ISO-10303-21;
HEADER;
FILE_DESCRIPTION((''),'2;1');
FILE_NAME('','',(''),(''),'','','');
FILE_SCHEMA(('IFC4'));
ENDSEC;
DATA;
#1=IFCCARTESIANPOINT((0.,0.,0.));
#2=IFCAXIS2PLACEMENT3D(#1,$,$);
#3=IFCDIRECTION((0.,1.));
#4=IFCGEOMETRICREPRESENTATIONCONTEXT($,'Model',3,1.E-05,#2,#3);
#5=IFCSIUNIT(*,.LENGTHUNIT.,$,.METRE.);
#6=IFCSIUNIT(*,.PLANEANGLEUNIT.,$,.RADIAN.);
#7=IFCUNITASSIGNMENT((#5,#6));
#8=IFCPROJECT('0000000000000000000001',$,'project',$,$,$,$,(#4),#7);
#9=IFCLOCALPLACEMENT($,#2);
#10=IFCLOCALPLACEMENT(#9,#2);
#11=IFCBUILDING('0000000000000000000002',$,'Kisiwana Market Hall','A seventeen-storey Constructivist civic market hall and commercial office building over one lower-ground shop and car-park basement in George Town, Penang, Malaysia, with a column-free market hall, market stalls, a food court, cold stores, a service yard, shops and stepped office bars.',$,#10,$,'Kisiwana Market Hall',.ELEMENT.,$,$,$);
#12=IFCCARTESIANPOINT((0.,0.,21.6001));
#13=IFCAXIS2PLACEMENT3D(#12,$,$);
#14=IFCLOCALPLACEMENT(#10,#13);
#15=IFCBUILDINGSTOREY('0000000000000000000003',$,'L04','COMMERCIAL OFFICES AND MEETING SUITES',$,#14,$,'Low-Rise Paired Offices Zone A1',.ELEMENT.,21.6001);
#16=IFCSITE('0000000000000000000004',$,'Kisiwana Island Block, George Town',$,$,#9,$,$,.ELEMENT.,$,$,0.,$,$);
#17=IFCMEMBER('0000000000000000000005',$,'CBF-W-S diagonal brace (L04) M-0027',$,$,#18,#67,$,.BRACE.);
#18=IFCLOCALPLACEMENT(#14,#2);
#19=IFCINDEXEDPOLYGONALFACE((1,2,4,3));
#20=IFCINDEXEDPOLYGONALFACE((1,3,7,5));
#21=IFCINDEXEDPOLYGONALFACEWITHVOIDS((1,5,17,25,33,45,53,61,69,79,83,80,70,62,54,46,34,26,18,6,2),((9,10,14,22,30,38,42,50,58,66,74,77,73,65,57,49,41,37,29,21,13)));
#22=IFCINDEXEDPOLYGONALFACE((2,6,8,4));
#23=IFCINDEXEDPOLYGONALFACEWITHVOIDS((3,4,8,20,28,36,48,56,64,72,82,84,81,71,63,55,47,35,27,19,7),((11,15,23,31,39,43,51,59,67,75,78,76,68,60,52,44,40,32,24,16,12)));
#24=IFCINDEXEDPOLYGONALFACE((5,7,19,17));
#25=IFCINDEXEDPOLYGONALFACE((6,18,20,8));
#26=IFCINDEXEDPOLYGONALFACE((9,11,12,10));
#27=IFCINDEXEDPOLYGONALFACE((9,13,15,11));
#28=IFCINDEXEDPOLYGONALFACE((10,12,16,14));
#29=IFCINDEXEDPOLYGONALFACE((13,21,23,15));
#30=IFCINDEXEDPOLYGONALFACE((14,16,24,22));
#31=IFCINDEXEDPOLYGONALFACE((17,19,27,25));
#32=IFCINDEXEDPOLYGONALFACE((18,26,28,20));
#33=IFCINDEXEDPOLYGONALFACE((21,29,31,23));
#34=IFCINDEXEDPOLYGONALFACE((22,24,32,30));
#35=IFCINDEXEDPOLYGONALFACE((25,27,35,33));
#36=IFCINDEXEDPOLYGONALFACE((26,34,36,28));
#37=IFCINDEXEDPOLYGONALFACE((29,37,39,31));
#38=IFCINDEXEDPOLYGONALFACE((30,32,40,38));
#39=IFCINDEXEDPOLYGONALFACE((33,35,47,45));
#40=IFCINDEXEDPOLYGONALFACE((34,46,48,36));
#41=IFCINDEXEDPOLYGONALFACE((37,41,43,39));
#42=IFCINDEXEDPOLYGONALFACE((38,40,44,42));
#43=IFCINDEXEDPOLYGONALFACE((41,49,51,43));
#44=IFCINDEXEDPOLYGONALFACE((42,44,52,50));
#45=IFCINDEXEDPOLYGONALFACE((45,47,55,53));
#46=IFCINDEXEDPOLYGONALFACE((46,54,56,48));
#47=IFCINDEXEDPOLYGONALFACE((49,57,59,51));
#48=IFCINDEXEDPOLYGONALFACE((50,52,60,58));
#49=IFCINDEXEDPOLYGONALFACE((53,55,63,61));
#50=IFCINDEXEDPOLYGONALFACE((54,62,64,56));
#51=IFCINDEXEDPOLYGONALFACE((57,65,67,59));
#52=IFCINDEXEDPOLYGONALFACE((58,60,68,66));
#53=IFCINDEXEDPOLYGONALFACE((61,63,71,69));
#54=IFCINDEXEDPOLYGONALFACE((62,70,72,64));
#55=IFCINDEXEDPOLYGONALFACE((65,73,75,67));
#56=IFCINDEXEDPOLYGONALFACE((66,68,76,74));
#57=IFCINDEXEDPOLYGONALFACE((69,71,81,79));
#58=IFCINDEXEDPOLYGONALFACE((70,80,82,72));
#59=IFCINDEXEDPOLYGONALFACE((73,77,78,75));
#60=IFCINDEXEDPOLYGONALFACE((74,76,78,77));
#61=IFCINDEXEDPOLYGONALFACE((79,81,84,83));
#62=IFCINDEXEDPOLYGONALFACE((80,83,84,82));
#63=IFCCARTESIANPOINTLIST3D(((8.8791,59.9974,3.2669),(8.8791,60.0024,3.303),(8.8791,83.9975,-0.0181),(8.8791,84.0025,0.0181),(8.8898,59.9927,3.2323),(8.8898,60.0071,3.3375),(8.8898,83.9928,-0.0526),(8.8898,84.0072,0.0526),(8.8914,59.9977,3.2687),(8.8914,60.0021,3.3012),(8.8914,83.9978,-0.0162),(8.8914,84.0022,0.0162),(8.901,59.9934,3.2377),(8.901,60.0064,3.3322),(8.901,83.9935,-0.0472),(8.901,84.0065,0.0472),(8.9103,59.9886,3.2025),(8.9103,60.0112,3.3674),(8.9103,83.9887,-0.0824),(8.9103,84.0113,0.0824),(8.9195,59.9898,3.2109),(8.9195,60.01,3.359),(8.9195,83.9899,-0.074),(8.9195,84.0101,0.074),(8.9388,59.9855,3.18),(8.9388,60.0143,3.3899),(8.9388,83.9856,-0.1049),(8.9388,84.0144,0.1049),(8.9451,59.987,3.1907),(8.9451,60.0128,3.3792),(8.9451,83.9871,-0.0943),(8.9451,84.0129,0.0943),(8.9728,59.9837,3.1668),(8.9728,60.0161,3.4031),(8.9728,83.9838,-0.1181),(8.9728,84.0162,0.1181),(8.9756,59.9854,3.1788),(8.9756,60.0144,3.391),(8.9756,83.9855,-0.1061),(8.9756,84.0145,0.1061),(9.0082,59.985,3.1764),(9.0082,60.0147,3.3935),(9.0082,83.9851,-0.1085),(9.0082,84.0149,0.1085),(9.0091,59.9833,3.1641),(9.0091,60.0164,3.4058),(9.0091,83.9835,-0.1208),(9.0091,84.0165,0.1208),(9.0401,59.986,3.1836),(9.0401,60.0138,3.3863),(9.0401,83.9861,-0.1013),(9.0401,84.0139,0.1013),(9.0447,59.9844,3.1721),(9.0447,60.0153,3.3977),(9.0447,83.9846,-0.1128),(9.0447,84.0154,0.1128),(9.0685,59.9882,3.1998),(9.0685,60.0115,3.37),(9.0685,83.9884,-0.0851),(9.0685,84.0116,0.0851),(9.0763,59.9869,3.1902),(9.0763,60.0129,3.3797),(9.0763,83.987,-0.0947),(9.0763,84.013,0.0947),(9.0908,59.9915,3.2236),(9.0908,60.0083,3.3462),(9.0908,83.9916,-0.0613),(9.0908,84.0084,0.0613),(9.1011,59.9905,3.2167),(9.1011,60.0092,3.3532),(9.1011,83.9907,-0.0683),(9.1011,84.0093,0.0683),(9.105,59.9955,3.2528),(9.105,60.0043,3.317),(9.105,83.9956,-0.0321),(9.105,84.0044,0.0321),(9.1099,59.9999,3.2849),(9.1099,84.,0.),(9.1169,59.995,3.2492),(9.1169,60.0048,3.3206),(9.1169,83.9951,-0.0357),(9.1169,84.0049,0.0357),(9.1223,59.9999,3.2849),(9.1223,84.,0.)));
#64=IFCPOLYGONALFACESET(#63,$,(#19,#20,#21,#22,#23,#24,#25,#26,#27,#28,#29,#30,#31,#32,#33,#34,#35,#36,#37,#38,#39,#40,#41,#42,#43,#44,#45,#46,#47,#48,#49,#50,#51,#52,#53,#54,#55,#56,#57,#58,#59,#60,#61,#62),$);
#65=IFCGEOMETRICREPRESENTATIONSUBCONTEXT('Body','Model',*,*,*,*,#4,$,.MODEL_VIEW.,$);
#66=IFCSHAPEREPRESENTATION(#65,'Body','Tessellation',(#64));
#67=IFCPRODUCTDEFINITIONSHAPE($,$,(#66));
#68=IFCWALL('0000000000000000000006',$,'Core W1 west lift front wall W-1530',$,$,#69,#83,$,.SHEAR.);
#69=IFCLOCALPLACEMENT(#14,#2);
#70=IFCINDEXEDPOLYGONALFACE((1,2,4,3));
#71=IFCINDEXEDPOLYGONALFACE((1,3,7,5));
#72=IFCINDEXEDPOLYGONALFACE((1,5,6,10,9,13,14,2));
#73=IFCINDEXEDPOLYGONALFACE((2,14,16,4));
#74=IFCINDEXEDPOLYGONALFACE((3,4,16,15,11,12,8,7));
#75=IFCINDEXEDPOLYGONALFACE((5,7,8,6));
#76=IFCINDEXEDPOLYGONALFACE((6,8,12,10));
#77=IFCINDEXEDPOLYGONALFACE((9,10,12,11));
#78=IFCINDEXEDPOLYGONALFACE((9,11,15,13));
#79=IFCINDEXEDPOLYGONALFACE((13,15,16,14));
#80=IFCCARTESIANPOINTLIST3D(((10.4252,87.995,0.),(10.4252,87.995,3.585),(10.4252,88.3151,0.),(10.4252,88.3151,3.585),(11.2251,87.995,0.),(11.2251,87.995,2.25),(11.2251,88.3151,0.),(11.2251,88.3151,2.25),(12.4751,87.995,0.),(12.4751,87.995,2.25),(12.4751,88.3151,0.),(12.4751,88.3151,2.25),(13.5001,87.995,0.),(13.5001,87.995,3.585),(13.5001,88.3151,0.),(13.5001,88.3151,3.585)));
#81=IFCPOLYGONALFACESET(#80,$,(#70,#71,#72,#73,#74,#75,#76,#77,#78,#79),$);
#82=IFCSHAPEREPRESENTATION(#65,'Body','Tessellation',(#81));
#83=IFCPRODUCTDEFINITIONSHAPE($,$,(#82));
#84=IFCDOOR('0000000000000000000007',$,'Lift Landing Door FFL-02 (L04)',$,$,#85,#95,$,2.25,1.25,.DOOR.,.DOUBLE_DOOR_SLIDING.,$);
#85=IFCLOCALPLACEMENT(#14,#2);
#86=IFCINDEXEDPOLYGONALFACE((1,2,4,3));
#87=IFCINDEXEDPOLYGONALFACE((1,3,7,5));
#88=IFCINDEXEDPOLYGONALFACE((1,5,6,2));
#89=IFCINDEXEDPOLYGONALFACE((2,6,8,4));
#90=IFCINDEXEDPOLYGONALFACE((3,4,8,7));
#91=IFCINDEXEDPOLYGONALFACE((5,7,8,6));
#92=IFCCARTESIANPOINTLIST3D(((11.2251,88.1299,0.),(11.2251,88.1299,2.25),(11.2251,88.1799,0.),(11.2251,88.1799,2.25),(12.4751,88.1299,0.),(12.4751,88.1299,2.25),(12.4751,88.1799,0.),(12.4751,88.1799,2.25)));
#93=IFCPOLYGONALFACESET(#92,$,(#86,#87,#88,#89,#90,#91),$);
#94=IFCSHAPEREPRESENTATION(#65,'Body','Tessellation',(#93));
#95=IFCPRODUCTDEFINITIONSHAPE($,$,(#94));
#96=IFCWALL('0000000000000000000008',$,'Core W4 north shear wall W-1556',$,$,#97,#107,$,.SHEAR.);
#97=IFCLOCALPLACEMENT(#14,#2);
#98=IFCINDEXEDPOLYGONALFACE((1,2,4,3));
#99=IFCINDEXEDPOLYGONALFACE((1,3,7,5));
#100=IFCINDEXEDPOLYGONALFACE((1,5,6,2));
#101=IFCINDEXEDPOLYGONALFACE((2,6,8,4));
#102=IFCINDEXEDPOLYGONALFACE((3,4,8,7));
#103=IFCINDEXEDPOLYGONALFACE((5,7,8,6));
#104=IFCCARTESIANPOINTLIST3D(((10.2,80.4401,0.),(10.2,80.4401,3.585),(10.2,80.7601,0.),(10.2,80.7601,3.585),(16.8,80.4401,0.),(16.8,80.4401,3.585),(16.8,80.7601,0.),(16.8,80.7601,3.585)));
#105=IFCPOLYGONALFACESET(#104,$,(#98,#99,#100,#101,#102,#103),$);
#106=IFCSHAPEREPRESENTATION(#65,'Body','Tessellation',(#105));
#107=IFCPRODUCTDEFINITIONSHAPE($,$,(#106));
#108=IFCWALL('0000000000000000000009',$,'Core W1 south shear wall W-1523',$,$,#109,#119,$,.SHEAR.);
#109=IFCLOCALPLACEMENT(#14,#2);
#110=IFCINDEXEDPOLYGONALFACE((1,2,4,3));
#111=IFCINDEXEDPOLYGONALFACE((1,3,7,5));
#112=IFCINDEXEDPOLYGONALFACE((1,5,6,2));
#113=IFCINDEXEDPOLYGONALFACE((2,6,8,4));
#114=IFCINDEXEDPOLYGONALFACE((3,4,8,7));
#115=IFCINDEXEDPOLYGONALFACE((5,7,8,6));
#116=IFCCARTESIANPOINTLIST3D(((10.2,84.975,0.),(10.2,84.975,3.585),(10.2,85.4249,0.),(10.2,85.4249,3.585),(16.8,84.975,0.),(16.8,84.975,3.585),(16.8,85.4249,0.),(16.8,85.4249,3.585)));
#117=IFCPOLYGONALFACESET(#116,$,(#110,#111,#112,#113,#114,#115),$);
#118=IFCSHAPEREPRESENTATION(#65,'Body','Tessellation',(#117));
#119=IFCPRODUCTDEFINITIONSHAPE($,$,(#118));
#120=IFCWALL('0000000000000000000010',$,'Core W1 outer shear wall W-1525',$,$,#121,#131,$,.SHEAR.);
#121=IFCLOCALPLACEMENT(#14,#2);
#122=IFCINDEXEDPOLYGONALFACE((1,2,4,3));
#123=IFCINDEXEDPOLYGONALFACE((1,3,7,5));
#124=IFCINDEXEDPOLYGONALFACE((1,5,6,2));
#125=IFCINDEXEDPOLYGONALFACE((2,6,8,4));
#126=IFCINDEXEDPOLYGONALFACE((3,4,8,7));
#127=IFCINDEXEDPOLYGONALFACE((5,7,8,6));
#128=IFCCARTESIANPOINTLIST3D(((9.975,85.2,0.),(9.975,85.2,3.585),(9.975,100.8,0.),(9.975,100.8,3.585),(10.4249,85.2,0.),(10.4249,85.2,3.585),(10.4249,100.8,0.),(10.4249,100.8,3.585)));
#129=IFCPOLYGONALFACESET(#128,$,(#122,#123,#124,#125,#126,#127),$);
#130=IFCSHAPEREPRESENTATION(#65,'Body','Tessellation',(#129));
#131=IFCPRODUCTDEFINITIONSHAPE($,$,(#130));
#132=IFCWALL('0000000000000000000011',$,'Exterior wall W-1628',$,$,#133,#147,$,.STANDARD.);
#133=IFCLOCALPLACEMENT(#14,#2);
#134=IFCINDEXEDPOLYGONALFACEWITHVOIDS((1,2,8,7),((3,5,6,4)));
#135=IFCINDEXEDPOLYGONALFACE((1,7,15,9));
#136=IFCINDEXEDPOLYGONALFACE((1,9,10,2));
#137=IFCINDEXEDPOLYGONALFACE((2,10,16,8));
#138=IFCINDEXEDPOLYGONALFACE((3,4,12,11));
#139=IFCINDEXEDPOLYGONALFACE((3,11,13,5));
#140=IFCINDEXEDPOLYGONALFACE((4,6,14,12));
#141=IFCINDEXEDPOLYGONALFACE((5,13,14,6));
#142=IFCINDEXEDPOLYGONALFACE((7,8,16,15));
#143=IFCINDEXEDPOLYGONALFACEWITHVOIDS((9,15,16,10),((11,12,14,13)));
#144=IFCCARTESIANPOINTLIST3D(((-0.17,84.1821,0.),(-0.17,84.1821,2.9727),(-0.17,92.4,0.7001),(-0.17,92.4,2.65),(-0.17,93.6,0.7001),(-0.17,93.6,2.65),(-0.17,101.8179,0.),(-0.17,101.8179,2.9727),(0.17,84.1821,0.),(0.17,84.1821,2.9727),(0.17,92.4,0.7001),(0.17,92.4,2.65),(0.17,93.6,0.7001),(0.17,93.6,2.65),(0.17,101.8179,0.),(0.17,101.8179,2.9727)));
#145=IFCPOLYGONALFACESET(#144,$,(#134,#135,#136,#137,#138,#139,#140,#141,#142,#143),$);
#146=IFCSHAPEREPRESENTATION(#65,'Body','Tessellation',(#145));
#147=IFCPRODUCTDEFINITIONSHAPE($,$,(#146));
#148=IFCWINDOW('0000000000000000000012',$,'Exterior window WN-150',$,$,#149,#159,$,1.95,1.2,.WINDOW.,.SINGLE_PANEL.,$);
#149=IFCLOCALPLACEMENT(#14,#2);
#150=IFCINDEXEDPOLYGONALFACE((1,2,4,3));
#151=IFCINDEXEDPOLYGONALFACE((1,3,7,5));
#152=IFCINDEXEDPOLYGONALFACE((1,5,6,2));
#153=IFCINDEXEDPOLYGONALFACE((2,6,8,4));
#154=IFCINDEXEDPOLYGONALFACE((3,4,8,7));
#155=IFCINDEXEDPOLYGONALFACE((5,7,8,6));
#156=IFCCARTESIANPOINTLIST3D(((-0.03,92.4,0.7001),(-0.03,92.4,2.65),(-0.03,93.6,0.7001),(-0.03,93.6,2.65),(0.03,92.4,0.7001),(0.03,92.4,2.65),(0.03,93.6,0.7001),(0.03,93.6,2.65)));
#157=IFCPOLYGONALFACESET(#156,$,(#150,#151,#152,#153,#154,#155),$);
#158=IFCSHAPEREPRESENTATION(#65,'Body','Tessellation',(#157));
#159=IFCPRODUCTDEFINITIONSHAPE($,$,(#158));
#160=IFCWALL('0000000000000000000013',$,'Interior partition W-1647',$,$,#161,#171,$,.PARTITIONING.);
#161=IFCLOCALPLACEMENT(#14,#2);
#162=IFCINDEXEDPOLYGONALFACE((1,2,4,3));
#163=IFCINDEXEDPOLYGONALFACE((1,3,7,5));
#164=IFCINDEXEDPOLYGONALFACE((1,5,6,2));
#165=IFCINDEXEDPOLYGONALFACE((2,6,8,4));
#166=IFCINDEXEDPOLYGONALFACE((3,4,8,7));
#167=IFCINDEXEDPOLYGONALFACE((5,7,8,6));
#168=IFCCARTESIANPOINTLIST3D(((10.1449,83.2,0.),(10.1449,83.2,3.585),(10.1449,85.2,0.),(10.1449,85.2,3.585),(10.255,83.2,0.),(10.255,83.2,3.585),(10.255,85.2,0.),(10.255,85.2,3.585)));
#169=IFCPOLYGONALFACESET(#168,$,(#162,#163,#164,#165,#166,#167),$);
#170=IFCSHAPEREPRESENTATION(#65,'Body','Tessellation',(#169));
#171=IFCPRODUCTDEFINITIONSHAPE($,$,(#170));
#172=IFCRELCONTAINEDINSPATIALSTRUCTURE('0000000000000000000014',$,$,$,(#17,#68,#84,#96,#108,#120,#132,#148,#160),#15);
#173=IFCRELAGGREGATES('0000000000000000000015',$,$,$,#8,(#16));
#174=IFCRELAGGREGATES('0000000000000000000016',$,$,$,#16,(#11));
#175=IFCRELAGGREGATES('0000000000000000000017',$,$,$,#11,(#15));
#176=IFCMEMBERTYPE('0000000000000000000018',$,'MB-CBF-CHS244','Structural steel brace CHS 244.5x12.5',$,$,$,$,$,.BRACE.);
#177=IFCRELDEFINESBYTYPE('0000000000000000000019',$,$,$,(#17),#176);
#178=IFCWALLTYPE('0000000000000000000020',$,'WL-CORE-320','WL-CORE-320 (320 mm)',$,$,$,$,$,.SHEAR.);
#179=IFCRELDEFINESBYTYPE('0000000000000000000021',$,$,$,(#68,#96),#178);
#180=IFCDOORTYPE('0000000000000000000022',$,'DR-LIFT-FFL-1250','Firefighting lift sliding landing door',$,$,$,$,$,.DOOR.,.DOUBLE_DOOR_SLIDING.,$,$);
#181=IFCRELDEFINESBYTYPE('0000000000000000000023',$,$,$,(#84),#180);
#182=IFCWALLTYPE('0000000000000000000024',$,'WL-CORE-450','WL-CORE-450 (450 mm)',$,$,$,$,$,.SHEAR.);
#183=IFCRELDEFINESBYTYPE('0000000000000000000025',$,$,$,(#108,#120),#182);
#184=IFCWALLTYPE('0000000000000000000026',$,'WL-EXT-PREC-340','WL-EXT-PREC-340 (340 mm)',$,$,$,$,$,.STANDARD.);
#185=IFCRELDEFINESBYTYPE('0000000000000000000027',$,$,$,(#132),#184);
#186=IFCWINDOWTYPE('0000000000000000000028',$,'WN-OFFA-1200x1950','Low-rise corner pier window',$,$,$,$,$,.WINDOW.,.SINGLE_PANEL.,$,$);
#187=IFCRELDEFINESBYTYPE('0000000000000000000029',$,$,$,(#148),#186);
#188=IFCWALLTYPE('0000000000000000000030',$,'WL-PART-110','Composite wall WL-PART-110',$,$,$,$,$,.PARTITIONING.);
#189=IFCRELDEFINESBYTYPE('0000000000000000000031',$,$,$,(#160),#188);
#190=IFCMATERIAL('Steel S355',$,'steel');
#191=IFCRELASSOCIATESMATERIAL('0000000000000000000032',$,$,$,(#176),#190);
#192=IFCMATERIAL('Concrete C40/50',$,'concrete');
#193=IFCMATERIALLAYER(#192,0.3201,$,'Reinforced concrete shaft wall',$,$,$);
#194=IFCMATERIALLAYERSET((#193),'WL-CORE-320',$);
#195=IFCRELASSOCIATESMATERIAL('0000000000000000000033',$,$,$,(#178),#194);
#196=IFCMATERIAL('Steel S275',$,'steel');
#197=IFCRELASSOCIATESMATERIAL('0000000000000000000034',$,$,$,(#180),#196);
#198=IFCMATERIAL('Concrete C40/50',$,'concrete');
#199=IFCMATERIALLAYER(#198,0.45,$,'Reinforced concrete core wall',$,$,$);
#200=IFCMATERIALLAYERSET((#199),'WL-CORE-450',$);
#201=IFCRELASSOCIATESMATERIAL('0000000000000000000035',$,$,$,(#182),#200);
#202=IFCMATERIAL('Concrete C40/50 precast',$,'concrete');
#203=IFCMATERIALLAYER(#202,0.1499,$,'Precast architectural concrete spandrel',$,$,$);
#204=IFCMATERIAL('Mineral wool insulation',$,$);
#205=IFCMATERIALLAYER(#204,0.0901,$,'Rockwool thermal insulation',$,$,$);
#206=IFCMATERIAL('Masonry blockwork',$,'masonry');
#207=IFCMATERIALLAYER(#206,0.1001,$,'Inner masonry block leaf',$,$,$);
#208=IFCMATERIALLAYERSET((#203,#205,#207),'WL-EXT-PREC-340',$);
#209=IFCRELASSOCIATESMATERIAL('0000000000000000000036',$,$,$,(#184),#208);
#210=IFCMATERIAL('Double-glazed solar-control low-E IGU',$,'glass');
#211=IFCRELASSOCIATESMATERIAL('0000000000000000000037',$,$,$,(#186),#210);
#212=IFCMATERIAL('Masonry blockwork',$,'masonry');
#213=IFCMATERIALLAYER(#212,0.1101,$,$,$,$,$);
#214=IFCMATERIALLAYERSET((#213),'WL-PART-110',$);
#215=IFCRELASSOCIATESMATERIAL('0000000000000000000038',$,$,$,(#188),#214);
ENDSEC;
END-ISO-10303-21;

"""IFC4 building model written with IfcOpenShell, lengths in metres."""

from ifc_helpers import new_model, si_unit, direction, frame, frame_2d, origin, origin_2d, place, context, subcontext, project, spatial, rectangle, hollow_circle, extrude, material, layer, layer_set, material_profile, profile_set, type_object, element, fill, save


model = new_model("IFC4")

# Units and contexts
model_context = context("Model", 3, precision=1e-05, world=origin(), true_north=direction((0.0, 1.0)))
body_context = subcontext(model_context, "Body", "Model", "MODEL_VIEW")
ifc_project = project(units=[si_unit("LENGTHUNIT", "METRE"), si_unit("PLANEANGLEUNIT", "RADIAN")], contexts=[model_context])

# Site, building, storey
site_placement = place(None, origin())
site = spatial("IfcSite", under=ifc_project, at=site_placement, Name="Kisiwana Island Block, George Town", CompositionType="ELEMENT", RefElevation=0.0)
building_placement = place(site_placement, origin())
building = spatial("IfcBuilding", under=site, at=building_placement, Name="Kisiwana Market Hall", Description="A seventeen-storey Constructivist civic market hall and commercial office building over one lower-ground shop and car-park basement in George Town, Penang, Malaysia, with a column-free market hall, market stalls, a food court, cold stores, a service yard, shops and stepped office bars.", LongName="Kisiwana Market Hall", CompositionType="ELEMENT")
storey_placement = place(building_placement, frame((0.0, 0.0, 21.6001)))
storey = spatial("IfcBuildingStorey", under=building, at=storey_placement, Name="L04", Description="COMMERCIAL OFFICES AND MEETING SUITES", LongName="Low-Rise Paired Offices Zone A1", CompositionType="ELEMENT", Elevation=21.6001)

# Member
ifc_material_1 = material(Name="Steel S355", Category="steel")
ifc_material_profile_1 = material_profile(ifc_material_1, hollow_circle(Radius=0.1223, WallThickness=0.0125, at=origin_2d()), Name="CHS 244.5x12.5")
ifc_profile_set_1 = profile_set([ifc_material_profile_1], Name="Steel S355")
member_type = type_object("IfcMemberType", Name="MB-CBF-CHS244", Description="Structural steel brace CHS 244.5x12.5", PredefinedType="BRACE", material=ifc_profile_set_1)
member_placement = place(storey_placement, frame((9.0, 84.0, 0.0), z_axis=(0.0, -0.990763, 0.135607), x_axis=(1.0, 0.0, 0.0)))
element("IfcMember", 1, at=member_placement, inside=storey, type_object=member_type, Name="CBF-W-S diagonal brace (L04) M-0027", PredefinedType="BRACE", context=body_context, shape_type="SweptSolid", body=[
    extrude(hollow_circle(Radius=0.1223, WallThickness=0.0125, at=origin_2d()), origin(), (0.0, 0.0, 1.0), 24.2239),
])

# Wall, opening, door
ifc_material_2 = material(Name="Concrete C40/50", Category="concrete")
ifc_layer_1 = layer(ifc_material_2, 0.3201, Name="Reinforced concrete shaft wall")
ifc_layer_set_1 = layer_set([ifc_layer_1], Name="WL-CORE-320")
wall_type_1 = type_object("IfcWallType", Name="WL-CORE-320", Description="WL-CORE-320 (320 mm)", PredefinedType="SHEAR", material=ifc_layer_set_1)
wall_1_placement = place(storey_placement, frame((10.425, 88.155, 0.0), z_axis=(0.0, 0.0, 1.0), x_axis=(1.0, 0.0, 0.0)))
wall_1 = element("IfcWall", 2, at=wall_1_placement, inside=storey, type_object=wall_type_1, Name="Core W1 west lift front wall W-1530", PredefinedType="SHEAR", context=body_context, shape_type="SweptSolid", body=[
    extrude(rectangle(XDim=3.075, YDim=0.3201, at=frame_2d((1.5376, 0.0))), origin(), (0.0, 0.0, 1.0), 3.585),
])
opening_1_placement = place(wall_1_placement, frame((0.8, 0.0, 0.0)))
opening_1 = element("IfcOpeningElement", 3, at=opening_1_placement, cuts=wall_1, PredefinedType="OPENING", context=body_context, shape_type="SweptSolid", body=[
    extrude(rectangle(XDim=1.25, YDim=2.25, at=frame_2d((0.625, 1.125))), frame((0.0, 0.1719, 0.0), z_axis=(0.0, -1.0, 0.0), x_axis=(1.0, 0.0, 0.0)), (0.0, 0.0, 1.0), 0.344),
])
ifc_material_3 = material(Name="Steel S275", Category="steel")
door_type_1 = type_object("IfcDoorType", Name="DR-LIFT-FFL-1250", Description="Firefighting lift sliding landing door", OperationType="DOUBLE_DOOR_SLIDING", PredefinedType="DOOR", material=ifc_material_3)
door_1_placement = place(opening_1_placement, origin())
door_1 = element("IfcDoor", 4, at=door_1_placement, inside=storey, type_object=door_type_1, Name="Lift Landing Door FFL-02 (L04)", OperationType="DOUBLE_DOOR_SLIDING", OverallHeight=2.25, OverallWidth=1.25, PredefinedType="DOOR", context=body_context, shape_type="SweptSolid", body=[
    extrude(rectangle(XDim=1.25, YDim=2.25, at=frame_2d((0.625, 1.125))), frame((0.0, 0.0249, 0.0), z_axis=(0.0, -1.0, 0.0), x_axis=(1.0, 0.0, 0.0)), (0.0, 0.0, 1.0), 0.05),
])
fill(opening_1, door_1)

# Walls
wall_2_placement = place(storey_placement, frame((10.2, 80.6001, 0.0), z_axis=(0.0, 0.0, 1.0), x_axis=(1.0, 0.0, 0.0)))
element("IfcWall", 5, at=wall_2_placement, inside=storey, type_object=wall_type_1, Name="Core W4 north shear wall W-1556", PredefinedType="SHEAR", context=body_context, shape_type="SweptSolid", body=[
    extrude(rectangle(XDim=6.6001, YDim=0.3201, at=frame_2d((3.3, 0.0))), origin(), (0.0, 0.0, 1.0), 3.585),
])
ifc_material_4 = material(Name="Concrete C40/50", Category="concrete")
ifc_layer_2 = layer(ifc_material_4, 0.45, Name="Reinforced concrete core wall")
ifc_layer_set_2 = layer_set([ifc_layer_2], Name="WL-CORE-450")
wall_type_2 = type_object("IfcWallType", Name="WL-CORE-450", Description="WL-CORE-450 (450 mm)", PredefinedType="SHEAR", material=ifc_layer_set_2)
wall_3_placement = place(storey_placement, frame((10.2, 85.2, 0.0), z_axis=(0.0, 0.0, 1.0), x_axis=(1.0, 0.0, 0.0)))
element("IfcWall", 6, at=wall_3_placement, inside=storey, type_object=wall_type_2, Name="Core W1 south shear wall W-1523", PredefinedType="SHEAR", context=body_context, shape_type="SweptSolid", body=[
    extrude(rectangle(XDim=6.6001, YDim=0.45, at=frame_2d((3.3, 0.0))), origin(), (0.0, 0.0, 1.0), 3.585),
])
wall_4_placement = place(storey_placement, frame((10.2, 85.2, 0.0), z_axis=(0.0, 0.0, 1.0), x_axis=(0.0, 1.0, 0.0)))
element("IfcWall", 7, at=wall_4_placement, inside=storey, type_object=wall_type_2, Name="Core W1 outer shear wall W-1525", PredefinedType="SHEAR", context=body_context, shape_type="SweptSolid", body=[
    extrude(rectangle(XDim=15.6001, YDim=0.45, at=frame_2d((7.8, 0.0))), origin(), (0.0, 0.0, 1.0), 3.585),
])

# Wall, opening, window
ifc_material_5 = material(Name="Concrete C40/50 precast", Category="concrete")
ifc_layer_3 = layer(ifc_material_5, 0.1499, Name="Precast architectural concrete spandrel")
ifc_material_6 = material(Name="Mineral wool insulation")
ifc_layer_4 = layer(ifc_material_6, 0.0901, Name="Rockwool thermal insulation")
ifc_material_7 = material(Name="Masonry blockwork", Category="masonry")
ifc_layer_5 = layer(ifc_material_7, 0.1001, Name="Inner masonry block leaf")
ifc_layer_set_3 = layer_set([ifc_layer_3, ifc_layer_4, ifc_layer_5], Name="WL-EXT-PREC-340")
wall_type_3 = type_object("IfcWallType", Name="WL-EXT-PREC-340", Description="WL-EXT-PREC-340 (340 mm)", PredefinedType="STANDARD", material=ifc_layer_set_3)
wall_5_placement = place(storey_placement, frame((0.0, 84.1821, 0.0), z_axis=(0.0, 0.0, 1.0), x_axis=(0.0, 1.0, 0.0)))
wall_5 = element("IfcWall", 8, at=wall_5_placement, inside=storey, type_object=wall_type_3, Name="Exterior wall W-1628", PredefinedType="STANDARD", context=body_context, shape_type="SweptSolid", body=[
    extrude(rectangle(XDim=17.6357, YDim=0.3401, at=frame_2d((8.8179, 0.0))), origin(), (0.0, 0.0, 1.0), 2.9727),
])
opening_2_placement = place(wall_5_placement, frame((8.2178, 0.0, 0.7)))
opening_2 = element("IfcOpeningElement", 9, at=opening_2_placement, cuts=wall_5, PredefinedType="OPENING", context=body_context, shape_type="SweptSolid", body=[
    extrude(rectangle(XDim=1.2, YDim=1.95, at=frame_2d((0.6001, 0.9751))), frame((0.0, 0.1821, 0.0), z_axis=(0.0, -1.0, 0.0), x_axis=(1.0, 0.0, 0.0)), (0.0, 0.0, 1.0), 0.364),
])
ifc_material_8 = material(Name="Double-glazed solar-control low-E IGU", Category="glass")
window_type = type_object("IfcWindowType", Name="WN-OFFA-1200x1950", Description="Low-rise corner pier window", PartitioningType="SINGLE_PANEL", PredefinedType="WINDOW", material=ifc_material_8)
window_placement = place(opening_2_placement, origin())
window = element("IfcWindow", 10, at=window_placement, inside=storey, type_object=window_type, Name="Exterior window WN-150", OverallHeight=1.95, OverallWidth=1.2, PartitioningType="SINGLE_PANEL", PredefinedType="WINDOW", context=body_context, shape_type="SweptSolid", body=[
    extrude(rectangle(XDim=1.2, YDim=1.95, at=frame_2d((0.6001, 0.9751))), frame((0.0, 0.03, 0.0), z_axis=(0.0, -1.0, 0.0), x_axis=(1.0, 0.0, 0.0)), (0.0, 0.0, 1.0), 0.0601),
])
fill(opening_2, window)

# Wall
ifc_material_9 = material(Name="Masonry blockwork", Category="masonry")
ifc_layer_6 = layer(ifc_material_9, 0.1101)
ifc_layer_set_4 = layer_set([ifc_layer_6], Name="WL-PART-110")
wall_type_4 = type_object("IfcWallType", Name="WL-PART-110", Description="Composite wall WL-PART-110", PredefinedType="PARTITIONING", material=ifc_layer_set_4)
wall_6_placement = place(storey_placement, frame((10.2, 83.2, 0.0), z_axis=(0.0, 0.0, 1.0), x_axis=(0.0, 1.0, 0.0)))
element("IfcWall", 11, at=wall_6_placement, inside=storey, type_object=wall_type_4, Name="Interior partition W-1647", PredefinedType="PARTITIONING", context=body_context, shape_type="SweptSolid", body=[
    extrude(rectangle(XDim=2.0, YDim=0.1101, at=frame_2d((1.0, 0.0))), origin(), (0.0, 0.0, 1.0), 3.585),
])

save(model, "model.ifc")
